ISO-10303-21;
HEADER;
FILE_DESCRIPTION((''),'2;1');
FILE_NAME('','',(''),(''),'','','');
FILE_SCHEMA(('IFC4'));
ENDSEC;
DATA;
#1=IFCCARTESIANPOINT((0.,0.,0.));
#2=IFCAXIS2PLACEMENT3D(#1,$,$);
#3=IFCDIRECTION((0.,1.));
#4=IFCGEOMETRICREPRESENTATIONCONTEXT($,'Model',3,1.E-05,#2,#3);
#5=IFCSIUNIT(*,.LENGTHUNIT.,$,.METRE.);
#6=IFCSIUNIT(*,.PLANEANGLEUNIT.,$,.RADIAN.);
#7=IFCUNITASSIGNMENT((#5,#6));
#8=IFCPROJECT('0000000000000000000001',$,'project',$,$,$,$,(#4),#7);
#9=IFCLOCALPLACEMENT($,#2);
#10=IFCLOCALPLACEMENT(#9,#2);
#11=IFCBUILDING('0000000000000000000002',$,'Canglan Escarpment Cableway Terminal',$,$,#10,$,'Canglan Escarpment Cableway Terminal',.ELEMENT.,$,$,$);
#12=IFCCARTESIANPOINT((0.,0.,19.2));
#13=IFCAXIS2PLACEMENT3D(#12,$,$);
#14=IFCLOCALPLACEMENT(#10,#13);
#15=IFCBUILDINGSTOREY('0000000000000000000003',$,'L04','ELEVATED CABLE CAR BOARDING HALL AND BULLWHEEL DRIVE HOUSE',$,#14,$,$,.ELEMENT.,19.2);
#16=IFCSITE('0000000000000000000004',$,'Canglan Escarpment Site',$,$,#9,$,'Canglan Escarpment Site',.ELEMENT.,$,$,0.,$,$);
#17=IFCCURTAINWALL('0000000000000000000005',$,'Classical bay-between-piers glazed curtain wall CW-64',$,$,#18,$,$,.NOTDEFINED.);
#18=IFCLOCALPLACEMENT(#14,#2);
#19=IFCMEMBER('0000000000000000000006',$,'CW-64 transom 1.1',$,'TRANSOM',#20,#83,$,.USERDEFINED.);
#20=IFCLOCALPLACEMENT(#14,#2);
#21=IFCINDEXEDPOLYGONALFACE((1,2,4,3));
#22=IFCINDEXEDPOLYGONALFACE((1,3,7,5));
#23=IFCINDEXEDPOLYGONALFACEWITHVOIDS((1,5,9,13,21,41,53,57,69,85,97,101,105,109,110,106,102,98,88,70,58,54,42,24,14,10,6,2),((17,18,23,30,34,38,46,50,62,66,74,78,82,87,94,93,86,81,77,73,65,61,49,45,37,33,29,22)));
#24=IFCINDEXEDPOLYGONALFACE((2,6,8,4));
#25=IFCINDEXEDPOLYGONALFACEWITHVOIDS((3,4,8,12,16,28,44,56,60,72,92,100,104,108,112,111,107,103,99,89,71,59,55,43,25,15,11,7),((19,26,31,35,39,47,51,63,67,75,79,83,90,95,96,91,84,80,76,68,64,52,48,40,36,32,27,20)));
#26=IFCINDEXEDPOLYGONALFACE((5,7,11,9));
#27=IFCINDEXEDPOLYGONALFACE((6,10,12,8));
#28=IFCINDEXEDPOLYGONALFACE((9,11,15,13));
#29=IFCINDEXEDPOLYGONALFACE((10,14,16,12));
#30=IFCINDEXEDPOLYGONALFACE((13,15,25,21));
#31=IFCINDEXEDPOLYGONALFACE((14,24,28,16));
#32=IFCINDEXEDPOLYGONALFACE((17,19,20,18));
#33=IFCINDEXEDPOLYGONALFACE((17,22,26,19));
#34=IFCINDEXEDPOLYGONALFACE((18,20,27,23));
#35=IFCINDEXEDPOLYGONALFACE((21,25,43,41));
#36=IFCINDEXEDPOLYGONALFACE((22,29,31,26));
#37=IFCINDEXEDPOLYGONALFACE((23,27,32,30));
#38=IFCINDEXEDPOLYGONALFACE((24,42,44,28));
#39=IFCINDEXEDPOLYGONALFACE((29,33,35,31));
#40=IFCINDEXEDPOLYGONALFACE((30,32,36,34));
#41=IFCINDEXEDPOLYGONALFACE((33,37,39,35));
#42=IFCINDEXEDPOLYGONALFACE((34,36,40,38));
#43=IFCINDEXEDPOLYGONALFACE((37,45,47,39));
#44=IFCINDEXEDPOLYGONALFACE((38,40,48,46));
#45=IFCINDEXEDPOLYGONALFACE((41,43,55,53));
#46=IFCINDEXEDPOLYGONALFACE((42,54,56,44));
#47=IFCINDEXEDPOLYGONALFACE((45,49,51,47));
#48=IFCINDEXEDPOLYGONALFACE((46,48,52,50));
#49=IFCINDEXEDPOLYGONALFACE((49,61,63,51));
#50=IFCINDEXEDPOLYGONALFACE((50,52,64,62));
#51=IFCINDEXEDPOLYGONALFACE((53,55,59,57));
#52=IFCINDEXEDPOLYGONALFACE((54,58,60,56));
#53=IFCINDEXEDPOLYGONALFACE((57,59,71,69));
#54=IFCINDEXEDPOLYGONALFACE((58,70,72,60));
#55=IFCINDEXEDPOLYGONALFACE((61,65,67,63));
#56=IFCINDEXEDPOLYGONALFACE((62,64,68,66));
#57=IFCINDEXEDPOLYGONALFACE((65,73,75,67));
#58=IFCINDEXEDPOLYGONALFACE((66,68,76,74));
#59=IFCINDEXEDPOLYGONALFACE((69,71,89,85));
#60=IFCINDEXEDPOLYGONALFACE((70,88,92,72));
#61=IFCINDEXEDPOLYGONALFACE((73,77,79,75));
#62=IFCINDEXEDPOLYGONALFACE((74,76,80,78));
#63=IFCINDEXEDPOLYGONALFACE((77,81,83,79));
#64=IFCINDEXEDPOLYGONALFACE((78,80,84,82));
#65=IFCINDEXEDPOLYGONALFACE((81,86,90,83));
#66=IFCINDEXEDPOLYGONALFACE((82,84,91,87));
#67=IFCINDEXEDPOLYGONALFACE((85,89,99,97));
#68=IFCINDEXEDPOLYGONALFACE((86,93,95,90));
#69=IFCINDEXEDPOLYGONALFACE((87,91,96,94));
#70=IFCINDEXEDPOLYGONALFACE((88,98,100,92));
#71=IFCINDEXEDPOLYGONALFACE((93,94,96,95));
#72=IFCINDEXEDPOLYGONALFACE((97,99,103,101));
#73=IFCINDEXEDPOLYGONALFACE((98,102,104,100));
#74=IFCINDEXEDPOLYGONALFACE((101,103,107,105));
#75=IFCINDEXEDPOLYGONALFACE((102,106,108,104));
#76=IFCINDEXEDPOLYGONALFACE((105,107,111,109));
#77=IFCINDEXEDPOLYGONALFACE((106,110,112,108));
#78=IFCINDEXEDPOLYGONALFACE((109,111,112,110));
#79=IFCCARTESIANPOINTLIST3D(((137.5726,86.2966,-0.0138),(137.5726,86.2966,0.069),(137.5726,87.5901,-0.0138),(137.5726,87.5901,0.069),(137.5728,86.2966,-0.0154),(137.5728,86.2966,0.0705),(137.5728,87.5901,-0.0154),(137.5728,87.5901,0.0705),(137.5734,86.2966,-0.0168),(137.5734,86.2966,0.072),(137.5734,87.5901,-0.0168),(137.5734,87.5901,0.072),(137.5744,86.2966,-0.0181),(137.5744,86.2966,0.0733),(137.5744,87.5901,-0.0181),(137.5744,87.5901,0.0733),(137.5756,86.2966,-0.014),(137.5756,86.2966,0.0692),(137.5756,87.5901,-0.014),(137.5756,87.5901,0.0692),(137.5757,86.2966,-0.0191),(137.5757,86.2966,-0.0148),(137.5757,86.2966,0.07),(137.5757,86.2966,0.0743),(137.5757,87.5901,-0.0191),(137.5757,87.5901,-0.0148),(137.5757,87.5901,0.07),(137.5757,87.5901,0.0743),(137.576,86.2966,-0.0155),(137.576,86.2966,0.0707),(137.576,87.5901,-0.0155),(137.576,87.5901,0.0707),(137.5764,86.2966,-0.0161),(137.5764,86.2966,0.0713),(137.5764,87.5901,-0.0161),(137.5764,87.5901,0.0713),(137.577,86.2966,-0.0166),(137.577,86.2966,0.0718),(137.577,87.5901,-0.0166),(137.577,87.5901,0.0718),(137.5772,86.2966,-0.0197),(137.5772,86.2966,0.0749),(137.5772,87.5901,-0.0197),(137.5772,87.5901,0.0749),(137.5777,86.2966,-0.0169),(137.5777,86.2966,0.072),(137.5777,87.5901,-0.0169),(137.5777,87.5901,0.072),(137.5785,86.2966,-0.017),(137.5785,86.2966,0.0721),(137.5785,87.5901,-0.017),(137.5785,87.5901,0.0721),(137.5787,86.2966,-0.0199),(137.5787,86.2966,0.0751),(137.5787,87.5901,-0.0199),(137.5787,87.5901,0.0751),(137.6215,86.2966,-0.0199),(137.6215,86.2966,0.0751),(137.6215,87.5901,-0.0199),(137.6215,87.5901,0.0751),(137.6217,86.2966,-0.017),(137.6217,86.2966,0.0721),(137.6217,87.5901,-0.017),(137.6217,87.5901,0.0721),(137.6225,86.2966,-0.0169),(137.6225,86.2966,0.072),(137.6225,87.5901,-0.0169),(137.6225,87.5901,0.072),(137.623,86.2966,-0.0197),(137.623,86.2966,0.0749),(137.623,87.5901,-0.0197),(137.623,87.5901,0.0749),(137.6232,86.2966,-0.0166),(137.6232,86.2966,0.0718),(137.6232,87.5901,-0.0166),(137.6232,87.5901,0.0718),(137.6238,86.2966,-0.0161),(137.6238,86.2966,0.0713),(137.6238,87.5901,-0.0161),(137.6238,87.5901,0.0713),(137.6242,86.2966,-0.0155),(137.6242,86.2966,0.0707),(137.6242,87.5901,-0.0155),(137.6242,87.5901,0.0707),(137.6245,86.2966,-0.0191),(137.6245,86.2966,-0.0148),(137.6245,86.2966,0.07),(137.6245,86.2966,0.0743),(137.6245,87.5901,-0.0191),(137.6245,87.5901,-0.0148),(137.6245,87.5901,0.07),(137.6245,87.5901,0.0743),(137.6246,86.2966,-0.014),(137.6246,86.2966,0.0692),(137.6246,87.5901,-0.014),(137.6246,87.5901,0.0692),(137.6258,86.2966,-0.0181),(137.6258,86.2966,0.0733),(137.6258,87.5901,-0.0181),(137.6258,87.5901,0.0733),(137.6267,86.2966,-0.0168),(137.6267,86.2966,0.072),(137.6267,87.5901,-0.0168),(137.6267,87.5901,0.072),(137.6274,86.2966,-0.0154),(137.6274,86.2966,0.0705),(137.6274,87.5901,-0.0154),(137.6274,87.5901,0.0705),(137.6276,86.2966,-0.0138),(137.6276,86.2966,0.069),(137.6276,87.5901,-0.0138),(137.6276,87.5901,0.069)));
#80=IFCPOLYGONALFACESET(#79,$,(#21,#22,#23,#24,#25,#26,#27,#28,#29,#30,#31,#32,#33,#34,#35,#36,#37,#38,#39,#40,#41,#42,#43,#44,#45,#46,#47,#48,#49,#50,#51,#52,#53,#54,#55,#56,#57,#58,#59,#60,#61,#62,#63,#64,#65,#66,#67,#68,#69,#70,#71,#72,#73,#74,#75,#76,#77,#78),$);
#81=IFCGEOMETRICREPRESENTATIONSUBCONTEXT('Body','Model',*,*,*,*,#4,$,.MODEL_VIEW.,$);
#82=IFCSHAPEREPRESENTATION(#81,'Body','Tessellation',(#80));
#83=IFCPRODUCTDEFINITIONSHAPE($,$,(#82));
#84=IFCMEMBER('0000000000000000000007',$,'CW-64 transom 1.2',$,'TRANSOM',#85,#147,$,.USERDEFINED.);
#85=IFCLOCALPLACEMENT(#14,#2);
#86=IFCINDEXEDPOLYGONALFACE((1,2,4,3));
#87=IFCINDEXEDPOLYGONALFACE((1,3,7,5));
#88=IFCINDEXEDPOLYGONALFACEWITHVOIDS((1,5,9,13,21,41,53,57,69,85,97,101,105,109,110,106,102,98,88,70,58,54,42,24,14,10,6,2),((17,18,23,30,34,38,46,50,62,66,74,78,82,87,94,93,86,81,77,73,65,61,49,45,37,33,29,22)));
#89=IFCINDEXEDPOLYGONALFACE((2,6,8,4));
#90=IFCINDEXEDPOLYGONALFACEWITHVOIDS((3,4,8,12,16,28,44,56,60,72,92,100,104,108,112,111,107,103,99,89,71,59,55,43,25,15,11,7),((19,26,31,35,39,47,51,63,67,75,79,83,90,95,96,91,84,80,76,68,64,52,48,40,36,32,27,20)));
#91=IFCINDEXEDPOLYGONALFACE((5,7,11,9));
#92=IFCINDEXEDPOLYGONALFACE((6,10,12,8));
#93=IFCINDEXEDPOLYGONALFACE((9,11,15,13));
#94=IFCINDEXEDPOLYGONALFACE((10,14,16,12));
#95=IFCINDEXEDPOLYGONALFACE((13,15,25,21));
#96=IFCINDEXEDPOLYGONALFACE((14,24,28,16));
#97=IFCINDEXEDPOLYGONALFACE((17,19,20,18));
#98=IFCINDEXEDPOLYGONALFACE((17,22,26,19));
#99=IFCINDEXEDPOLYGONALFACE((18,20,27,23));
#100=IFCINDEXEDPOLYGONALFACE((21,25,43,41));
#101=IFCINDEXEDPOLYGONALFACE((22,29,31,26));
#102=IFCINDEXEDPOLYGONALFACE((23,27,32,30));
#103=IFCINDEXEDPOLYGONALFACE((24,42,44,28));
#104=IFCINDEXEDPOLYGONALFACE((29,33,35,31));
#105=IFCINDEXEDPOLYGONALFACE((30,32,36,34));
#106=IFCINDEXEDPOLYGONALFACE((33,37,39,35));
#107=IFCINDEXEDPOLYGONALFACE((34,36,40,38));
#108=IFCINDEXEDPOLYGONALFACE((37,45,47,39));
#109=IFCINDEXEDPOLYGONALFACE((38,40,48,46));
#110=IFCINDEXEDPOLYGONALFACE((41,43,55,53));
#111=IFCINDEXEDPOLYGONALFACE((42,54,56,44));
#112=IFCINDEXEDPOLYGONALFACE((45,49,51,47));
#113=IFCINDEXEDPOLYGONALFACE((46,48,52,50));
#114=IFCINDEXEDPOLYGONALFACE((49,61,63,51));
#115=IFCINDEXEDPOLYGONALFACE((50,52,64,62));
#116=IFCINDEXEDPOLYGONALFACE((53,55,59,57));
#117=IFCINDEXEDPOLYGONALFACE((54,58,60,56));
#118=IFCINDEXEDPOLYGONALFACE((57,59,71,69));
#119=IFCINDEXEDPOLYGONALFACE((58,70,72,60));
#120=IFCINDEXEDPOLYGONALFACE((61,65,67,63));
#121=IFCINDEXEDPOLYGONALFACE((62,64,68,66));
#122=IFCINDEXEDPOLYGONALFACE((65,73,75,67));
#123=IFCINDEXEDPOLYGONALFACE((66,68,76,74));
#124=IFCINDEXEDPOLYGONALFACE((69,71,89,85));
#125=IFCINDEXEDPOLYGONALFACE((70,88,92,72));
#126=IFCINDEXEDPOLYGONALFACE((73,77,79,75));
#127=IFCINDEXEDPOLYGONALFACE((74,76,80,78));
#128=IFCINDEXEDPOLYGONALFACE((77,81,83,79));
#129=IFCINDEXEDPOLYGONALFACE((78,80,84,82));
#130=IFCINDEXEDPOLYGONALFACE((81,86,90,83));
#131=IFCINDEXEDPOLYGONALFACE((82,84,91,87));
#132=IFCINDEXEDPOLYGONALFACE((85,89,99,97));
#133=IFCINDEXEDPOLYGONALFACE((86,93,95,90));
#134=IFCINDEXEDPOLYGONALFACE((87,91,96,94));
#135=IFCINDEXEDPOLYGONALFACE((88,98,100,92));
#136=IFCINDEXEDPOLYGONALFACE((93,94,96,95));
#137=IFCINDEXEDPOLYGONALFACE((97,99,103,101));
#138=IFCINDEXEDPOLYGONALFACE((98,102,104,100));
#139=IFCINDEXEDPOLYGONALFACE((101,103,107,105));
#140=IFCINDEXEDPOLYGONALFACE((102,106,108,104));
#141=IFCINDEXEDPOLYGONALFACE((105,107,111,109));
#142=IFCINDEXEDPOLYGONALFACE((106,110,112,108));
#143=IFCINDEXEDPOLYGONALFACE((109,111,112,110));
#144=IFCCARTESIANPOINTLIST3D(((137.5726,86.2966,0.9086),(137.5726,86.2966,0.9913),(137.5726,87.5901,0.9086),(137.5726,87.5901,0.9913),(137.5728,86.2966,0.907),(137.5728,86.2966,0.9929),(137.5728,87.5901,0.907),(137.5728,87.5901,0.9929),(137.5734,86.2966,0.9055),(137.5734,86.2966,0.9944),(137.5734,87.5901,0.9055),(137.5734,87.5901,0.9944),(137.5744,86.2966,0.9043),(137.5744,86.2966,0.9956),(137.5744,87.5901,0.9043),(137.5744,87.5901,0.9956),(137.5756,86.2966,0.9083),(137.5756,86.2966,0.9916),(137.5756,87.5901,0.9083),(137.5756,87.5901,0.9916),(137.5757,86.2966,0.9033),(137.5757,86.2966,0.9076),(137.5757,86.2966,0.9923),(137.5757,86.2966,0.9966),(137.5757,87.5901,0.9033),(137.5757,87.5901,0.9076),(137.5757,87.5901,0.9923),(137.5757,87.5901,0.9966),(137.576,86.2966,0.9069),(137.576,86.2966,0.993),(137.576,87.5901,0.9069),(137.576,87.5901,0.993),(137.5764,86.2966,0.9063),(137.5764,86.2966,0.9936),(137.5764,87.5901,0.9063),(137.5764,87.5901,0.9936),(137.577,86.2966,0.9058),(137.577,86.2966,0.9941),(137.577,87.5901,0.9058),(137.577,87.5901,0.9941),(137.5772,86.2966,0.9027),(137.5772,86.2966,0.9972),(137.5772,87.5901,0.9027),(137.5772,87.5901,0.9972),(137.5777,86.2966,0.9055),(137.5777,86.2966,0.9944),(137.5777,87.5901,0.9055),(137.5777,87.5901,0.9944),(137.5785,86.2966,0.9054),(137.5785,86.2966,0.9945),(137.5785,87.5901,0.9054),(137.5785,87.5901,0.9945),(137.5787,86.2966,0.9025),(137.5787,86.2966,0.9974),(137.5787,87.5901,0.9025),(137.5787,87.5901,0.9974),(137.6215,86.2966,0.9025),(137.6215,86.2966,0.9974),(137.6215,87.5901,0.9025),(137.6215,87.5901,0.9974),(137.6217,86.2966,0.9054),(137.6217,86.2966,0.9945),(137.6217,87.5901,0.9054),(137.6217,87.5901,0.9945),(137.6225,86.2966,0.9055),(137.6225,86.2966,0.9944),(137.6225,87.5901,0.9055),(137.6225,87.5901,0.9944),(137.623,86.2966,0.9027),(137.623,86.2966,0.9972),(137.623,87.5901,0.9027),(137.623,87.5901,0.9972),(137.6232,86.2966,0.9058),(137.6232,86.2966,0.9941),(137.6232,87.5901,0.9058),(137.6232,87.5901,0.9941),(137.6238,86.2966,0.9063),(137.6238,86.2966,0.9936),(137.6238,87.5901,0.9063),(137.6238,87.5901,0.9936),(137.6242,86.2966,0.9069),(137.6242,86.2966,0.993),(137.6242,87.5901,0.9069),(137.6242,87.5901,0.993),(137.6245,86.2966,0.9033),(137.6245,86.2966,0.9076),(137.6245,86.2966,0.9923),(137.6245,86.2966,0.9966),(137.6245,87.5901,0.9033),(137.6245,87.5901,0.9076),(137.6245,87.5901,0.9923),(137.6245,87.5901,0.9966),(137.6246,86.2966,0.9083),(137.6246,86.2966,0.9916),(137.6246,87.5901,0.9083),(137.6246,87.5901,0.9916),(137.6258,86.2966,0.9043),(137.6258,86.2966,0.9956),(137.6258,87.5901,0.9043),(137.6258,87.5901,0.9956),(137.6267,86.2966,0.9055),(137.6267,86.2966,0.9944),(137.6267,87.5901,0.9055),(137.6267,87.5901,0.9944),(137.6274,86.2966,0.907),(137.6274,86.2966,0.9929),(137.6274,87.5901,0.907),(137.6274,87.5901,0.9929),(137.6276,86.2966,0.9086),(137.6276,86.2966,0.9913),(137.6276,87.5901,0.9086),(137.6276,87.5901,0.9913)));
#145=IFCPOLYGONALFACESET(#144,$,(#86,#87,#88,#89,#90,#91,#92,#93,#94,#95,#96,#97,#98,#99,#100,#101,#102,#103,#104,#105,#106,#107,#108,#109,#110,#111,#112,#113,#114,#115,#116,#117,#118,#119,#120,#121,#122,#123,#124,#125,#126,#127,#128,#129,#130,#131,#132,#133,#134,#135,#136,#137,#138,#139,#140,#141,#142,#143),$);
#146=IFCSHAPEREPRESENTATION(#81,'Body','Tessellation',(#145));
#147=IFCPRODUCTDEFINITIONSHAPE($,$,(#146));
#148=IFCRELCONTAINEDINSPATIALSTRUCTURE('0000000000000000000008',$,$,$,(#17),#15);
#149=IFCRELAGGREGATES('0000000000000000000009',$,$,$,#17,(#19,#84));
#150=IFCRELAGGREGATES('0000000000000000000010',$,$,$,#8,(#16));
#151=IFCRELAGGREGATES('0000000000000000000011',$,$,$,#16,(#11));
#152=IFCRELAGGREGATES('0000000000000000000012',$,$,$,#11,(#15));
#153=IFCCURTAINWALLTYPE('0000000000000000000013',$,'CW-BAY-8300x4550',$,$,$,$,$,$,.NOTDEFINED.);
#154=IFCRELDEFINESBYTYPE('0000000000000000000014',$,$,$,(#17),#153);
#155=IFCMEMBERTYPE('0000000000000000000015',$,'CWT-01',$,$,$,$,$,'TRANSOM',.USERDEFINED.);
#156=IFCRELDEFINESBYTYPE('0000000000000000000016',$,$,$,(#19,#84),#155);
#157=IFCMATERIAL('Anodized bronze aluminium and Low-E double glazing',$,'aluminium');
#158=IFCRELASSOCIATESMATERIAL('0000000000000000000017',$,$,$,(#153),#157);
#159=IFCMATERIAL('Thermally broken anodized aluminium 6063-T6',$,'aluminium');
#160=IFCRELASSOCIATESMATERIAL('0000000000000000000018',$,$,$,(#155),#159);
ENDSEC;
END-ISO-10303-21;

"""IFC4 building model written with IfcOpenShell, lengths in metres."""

from ifc_helpers import new_model, si_unit, direction, frame, origin, origin_2d, place, context, subcontext, project, spatial, hollow_rectangle, extrude, material, material_profile, profile_set, type_object, element, aggregate, save


model = new_model("IFC4")

# Units and contexts
model_context = context("Model", 3, precision=1e-05, world=origin(), true_north=direction((0.0, 1.0)))
body_context = subcontext(model_context, "Body", "Model", "MODEL_VIEW")
ifc_project = project(units=[si_unit("LENGTHUNIT", "METRE"), si_unit("PLANEANGLEUNIT", "RADIAN")], contexts=[model_context])

# Site, building, storey
site_placement = place(None, origin())
site = spatial("IfcSite", under=ifc_project, at=site_placement, Name="Canglan Escarpment Site", LongName="Canglan Escarpment Site", CompositionType="ELEMENT", RefElevation=0.0)
building_placement = place(site_placement, origin())
building = spatial("IfcBuilding", under=site, at=building_placement, Name="Canglan Escarpment Cableway Terminal", LongName="Canglan Escarpment Cableway Terminal", CompositionType="ELEMENT")
storey_placement = place(building_placement, frame((0.0, 0.0, 19.2)))
storey = spatial("IfcBuildingStorey", under=building, at=storey_placement, Name="L04", Description="ELEVATED CABLE CAR BOARDING HALL AND BULLWHEEL DRIVE HOUSE", CompositionType="ELEMENT", Elevation=19.2)

# Curtain wall, members
ifc_material_1 = material(Name="Anodized bronze aluminium and Low-E double glazing", Category="aluminium")
curtain_wall_type = type_object("IfcCurtainWallType", Name="CW-BAY-8300x4550", PredefinedType="NOTDEFINED", material=ifc_material_1)
curtain_wall_placement = place(storey_placement, origin())
curtain_wall = element("IfcCurtainWall", 1, at=curtain_wall_placement, inside=storey, type_object=curtain_wall_type, Name="Classical bay-between-piers glazed curtain wall CW-64", PredefinedType="NOTDEFINED")
ifc_material_2 = material(Name="Thermally broken anodized aluminium 6063-T6", Category="aluminium")
ifc_material_profile_1 = material_profile(ifc_material_2, hollow_rectangle(XDim=0.0549, YDim=0.095, WallThickness=0.0029, InnerFilletRadius=0.0029, OuterFilletRadius=0.0061, at=origin_2d()), Name="ALU-TRAN 55x95x3")
ifc_profile_set_1 = profile_set([ifc_material_profile_1], Name="Thermally broken anodized aluminium 6063-T6")
member_type_1 = type_object("IfcMemberType", Name="CWT-01", ElementType="TRANSOM", PredefinedType="USERDEFINED", material=ifc_profile_set_1)
member_1_placement = place(storey_placement, frame((137.6001, 87.5901, 0.0276), z_axis=(0.0, -1.0, 0.0), x_axis=(1.0, 0.0, 0.0)))
member_1 = element("IfcMember", 2, at=member_1_placement, type_object=member_type_1, Name="CW-64 transom 1.1", ObjectType="TRANSOM", PredefinedType="USERDEFINED", context=body_context, shape_type="SweptSolid", body=[
    extrude(hollow_rectangle(XDim=0.0549, YDim=0.095, WallThickness=0.0029, InnerFilletRadius=0.0029, OuterFilletRadius=0.0061, at=origin_2d()), origin(), (0.0, 0.0, 1.0), 1.2935),
])
member_2_placement = place(storey_placement, frame((137.6001, 87.5901, 0.95), z_axis=(0.0, -1.0, 0.0), x_axis=(1.0, 0.0, 0.0)))
member_2 = element("IfcMember", 3, at=member_2_placement, type_object=member_type_1, Name="CW-64 transom 1.2", ObjectType="TRANSOM", PredefinedType="USERDEFINED", context=body_context, shape_type="SweptSolid", body=[
    extrude(hollow_rectangle(XDim=0.0549, YDim=0.095, WallThickness=0.0029, InnerFilletRadius=0.0029, OuterFilletRadius=0.0061, at=origin_2d()), origin(), (0.0, 0.0, 1.0), 1.2935),
])
aggregate(curtain_wall, [member_1, member_2])

save(model, "model.ifc")
